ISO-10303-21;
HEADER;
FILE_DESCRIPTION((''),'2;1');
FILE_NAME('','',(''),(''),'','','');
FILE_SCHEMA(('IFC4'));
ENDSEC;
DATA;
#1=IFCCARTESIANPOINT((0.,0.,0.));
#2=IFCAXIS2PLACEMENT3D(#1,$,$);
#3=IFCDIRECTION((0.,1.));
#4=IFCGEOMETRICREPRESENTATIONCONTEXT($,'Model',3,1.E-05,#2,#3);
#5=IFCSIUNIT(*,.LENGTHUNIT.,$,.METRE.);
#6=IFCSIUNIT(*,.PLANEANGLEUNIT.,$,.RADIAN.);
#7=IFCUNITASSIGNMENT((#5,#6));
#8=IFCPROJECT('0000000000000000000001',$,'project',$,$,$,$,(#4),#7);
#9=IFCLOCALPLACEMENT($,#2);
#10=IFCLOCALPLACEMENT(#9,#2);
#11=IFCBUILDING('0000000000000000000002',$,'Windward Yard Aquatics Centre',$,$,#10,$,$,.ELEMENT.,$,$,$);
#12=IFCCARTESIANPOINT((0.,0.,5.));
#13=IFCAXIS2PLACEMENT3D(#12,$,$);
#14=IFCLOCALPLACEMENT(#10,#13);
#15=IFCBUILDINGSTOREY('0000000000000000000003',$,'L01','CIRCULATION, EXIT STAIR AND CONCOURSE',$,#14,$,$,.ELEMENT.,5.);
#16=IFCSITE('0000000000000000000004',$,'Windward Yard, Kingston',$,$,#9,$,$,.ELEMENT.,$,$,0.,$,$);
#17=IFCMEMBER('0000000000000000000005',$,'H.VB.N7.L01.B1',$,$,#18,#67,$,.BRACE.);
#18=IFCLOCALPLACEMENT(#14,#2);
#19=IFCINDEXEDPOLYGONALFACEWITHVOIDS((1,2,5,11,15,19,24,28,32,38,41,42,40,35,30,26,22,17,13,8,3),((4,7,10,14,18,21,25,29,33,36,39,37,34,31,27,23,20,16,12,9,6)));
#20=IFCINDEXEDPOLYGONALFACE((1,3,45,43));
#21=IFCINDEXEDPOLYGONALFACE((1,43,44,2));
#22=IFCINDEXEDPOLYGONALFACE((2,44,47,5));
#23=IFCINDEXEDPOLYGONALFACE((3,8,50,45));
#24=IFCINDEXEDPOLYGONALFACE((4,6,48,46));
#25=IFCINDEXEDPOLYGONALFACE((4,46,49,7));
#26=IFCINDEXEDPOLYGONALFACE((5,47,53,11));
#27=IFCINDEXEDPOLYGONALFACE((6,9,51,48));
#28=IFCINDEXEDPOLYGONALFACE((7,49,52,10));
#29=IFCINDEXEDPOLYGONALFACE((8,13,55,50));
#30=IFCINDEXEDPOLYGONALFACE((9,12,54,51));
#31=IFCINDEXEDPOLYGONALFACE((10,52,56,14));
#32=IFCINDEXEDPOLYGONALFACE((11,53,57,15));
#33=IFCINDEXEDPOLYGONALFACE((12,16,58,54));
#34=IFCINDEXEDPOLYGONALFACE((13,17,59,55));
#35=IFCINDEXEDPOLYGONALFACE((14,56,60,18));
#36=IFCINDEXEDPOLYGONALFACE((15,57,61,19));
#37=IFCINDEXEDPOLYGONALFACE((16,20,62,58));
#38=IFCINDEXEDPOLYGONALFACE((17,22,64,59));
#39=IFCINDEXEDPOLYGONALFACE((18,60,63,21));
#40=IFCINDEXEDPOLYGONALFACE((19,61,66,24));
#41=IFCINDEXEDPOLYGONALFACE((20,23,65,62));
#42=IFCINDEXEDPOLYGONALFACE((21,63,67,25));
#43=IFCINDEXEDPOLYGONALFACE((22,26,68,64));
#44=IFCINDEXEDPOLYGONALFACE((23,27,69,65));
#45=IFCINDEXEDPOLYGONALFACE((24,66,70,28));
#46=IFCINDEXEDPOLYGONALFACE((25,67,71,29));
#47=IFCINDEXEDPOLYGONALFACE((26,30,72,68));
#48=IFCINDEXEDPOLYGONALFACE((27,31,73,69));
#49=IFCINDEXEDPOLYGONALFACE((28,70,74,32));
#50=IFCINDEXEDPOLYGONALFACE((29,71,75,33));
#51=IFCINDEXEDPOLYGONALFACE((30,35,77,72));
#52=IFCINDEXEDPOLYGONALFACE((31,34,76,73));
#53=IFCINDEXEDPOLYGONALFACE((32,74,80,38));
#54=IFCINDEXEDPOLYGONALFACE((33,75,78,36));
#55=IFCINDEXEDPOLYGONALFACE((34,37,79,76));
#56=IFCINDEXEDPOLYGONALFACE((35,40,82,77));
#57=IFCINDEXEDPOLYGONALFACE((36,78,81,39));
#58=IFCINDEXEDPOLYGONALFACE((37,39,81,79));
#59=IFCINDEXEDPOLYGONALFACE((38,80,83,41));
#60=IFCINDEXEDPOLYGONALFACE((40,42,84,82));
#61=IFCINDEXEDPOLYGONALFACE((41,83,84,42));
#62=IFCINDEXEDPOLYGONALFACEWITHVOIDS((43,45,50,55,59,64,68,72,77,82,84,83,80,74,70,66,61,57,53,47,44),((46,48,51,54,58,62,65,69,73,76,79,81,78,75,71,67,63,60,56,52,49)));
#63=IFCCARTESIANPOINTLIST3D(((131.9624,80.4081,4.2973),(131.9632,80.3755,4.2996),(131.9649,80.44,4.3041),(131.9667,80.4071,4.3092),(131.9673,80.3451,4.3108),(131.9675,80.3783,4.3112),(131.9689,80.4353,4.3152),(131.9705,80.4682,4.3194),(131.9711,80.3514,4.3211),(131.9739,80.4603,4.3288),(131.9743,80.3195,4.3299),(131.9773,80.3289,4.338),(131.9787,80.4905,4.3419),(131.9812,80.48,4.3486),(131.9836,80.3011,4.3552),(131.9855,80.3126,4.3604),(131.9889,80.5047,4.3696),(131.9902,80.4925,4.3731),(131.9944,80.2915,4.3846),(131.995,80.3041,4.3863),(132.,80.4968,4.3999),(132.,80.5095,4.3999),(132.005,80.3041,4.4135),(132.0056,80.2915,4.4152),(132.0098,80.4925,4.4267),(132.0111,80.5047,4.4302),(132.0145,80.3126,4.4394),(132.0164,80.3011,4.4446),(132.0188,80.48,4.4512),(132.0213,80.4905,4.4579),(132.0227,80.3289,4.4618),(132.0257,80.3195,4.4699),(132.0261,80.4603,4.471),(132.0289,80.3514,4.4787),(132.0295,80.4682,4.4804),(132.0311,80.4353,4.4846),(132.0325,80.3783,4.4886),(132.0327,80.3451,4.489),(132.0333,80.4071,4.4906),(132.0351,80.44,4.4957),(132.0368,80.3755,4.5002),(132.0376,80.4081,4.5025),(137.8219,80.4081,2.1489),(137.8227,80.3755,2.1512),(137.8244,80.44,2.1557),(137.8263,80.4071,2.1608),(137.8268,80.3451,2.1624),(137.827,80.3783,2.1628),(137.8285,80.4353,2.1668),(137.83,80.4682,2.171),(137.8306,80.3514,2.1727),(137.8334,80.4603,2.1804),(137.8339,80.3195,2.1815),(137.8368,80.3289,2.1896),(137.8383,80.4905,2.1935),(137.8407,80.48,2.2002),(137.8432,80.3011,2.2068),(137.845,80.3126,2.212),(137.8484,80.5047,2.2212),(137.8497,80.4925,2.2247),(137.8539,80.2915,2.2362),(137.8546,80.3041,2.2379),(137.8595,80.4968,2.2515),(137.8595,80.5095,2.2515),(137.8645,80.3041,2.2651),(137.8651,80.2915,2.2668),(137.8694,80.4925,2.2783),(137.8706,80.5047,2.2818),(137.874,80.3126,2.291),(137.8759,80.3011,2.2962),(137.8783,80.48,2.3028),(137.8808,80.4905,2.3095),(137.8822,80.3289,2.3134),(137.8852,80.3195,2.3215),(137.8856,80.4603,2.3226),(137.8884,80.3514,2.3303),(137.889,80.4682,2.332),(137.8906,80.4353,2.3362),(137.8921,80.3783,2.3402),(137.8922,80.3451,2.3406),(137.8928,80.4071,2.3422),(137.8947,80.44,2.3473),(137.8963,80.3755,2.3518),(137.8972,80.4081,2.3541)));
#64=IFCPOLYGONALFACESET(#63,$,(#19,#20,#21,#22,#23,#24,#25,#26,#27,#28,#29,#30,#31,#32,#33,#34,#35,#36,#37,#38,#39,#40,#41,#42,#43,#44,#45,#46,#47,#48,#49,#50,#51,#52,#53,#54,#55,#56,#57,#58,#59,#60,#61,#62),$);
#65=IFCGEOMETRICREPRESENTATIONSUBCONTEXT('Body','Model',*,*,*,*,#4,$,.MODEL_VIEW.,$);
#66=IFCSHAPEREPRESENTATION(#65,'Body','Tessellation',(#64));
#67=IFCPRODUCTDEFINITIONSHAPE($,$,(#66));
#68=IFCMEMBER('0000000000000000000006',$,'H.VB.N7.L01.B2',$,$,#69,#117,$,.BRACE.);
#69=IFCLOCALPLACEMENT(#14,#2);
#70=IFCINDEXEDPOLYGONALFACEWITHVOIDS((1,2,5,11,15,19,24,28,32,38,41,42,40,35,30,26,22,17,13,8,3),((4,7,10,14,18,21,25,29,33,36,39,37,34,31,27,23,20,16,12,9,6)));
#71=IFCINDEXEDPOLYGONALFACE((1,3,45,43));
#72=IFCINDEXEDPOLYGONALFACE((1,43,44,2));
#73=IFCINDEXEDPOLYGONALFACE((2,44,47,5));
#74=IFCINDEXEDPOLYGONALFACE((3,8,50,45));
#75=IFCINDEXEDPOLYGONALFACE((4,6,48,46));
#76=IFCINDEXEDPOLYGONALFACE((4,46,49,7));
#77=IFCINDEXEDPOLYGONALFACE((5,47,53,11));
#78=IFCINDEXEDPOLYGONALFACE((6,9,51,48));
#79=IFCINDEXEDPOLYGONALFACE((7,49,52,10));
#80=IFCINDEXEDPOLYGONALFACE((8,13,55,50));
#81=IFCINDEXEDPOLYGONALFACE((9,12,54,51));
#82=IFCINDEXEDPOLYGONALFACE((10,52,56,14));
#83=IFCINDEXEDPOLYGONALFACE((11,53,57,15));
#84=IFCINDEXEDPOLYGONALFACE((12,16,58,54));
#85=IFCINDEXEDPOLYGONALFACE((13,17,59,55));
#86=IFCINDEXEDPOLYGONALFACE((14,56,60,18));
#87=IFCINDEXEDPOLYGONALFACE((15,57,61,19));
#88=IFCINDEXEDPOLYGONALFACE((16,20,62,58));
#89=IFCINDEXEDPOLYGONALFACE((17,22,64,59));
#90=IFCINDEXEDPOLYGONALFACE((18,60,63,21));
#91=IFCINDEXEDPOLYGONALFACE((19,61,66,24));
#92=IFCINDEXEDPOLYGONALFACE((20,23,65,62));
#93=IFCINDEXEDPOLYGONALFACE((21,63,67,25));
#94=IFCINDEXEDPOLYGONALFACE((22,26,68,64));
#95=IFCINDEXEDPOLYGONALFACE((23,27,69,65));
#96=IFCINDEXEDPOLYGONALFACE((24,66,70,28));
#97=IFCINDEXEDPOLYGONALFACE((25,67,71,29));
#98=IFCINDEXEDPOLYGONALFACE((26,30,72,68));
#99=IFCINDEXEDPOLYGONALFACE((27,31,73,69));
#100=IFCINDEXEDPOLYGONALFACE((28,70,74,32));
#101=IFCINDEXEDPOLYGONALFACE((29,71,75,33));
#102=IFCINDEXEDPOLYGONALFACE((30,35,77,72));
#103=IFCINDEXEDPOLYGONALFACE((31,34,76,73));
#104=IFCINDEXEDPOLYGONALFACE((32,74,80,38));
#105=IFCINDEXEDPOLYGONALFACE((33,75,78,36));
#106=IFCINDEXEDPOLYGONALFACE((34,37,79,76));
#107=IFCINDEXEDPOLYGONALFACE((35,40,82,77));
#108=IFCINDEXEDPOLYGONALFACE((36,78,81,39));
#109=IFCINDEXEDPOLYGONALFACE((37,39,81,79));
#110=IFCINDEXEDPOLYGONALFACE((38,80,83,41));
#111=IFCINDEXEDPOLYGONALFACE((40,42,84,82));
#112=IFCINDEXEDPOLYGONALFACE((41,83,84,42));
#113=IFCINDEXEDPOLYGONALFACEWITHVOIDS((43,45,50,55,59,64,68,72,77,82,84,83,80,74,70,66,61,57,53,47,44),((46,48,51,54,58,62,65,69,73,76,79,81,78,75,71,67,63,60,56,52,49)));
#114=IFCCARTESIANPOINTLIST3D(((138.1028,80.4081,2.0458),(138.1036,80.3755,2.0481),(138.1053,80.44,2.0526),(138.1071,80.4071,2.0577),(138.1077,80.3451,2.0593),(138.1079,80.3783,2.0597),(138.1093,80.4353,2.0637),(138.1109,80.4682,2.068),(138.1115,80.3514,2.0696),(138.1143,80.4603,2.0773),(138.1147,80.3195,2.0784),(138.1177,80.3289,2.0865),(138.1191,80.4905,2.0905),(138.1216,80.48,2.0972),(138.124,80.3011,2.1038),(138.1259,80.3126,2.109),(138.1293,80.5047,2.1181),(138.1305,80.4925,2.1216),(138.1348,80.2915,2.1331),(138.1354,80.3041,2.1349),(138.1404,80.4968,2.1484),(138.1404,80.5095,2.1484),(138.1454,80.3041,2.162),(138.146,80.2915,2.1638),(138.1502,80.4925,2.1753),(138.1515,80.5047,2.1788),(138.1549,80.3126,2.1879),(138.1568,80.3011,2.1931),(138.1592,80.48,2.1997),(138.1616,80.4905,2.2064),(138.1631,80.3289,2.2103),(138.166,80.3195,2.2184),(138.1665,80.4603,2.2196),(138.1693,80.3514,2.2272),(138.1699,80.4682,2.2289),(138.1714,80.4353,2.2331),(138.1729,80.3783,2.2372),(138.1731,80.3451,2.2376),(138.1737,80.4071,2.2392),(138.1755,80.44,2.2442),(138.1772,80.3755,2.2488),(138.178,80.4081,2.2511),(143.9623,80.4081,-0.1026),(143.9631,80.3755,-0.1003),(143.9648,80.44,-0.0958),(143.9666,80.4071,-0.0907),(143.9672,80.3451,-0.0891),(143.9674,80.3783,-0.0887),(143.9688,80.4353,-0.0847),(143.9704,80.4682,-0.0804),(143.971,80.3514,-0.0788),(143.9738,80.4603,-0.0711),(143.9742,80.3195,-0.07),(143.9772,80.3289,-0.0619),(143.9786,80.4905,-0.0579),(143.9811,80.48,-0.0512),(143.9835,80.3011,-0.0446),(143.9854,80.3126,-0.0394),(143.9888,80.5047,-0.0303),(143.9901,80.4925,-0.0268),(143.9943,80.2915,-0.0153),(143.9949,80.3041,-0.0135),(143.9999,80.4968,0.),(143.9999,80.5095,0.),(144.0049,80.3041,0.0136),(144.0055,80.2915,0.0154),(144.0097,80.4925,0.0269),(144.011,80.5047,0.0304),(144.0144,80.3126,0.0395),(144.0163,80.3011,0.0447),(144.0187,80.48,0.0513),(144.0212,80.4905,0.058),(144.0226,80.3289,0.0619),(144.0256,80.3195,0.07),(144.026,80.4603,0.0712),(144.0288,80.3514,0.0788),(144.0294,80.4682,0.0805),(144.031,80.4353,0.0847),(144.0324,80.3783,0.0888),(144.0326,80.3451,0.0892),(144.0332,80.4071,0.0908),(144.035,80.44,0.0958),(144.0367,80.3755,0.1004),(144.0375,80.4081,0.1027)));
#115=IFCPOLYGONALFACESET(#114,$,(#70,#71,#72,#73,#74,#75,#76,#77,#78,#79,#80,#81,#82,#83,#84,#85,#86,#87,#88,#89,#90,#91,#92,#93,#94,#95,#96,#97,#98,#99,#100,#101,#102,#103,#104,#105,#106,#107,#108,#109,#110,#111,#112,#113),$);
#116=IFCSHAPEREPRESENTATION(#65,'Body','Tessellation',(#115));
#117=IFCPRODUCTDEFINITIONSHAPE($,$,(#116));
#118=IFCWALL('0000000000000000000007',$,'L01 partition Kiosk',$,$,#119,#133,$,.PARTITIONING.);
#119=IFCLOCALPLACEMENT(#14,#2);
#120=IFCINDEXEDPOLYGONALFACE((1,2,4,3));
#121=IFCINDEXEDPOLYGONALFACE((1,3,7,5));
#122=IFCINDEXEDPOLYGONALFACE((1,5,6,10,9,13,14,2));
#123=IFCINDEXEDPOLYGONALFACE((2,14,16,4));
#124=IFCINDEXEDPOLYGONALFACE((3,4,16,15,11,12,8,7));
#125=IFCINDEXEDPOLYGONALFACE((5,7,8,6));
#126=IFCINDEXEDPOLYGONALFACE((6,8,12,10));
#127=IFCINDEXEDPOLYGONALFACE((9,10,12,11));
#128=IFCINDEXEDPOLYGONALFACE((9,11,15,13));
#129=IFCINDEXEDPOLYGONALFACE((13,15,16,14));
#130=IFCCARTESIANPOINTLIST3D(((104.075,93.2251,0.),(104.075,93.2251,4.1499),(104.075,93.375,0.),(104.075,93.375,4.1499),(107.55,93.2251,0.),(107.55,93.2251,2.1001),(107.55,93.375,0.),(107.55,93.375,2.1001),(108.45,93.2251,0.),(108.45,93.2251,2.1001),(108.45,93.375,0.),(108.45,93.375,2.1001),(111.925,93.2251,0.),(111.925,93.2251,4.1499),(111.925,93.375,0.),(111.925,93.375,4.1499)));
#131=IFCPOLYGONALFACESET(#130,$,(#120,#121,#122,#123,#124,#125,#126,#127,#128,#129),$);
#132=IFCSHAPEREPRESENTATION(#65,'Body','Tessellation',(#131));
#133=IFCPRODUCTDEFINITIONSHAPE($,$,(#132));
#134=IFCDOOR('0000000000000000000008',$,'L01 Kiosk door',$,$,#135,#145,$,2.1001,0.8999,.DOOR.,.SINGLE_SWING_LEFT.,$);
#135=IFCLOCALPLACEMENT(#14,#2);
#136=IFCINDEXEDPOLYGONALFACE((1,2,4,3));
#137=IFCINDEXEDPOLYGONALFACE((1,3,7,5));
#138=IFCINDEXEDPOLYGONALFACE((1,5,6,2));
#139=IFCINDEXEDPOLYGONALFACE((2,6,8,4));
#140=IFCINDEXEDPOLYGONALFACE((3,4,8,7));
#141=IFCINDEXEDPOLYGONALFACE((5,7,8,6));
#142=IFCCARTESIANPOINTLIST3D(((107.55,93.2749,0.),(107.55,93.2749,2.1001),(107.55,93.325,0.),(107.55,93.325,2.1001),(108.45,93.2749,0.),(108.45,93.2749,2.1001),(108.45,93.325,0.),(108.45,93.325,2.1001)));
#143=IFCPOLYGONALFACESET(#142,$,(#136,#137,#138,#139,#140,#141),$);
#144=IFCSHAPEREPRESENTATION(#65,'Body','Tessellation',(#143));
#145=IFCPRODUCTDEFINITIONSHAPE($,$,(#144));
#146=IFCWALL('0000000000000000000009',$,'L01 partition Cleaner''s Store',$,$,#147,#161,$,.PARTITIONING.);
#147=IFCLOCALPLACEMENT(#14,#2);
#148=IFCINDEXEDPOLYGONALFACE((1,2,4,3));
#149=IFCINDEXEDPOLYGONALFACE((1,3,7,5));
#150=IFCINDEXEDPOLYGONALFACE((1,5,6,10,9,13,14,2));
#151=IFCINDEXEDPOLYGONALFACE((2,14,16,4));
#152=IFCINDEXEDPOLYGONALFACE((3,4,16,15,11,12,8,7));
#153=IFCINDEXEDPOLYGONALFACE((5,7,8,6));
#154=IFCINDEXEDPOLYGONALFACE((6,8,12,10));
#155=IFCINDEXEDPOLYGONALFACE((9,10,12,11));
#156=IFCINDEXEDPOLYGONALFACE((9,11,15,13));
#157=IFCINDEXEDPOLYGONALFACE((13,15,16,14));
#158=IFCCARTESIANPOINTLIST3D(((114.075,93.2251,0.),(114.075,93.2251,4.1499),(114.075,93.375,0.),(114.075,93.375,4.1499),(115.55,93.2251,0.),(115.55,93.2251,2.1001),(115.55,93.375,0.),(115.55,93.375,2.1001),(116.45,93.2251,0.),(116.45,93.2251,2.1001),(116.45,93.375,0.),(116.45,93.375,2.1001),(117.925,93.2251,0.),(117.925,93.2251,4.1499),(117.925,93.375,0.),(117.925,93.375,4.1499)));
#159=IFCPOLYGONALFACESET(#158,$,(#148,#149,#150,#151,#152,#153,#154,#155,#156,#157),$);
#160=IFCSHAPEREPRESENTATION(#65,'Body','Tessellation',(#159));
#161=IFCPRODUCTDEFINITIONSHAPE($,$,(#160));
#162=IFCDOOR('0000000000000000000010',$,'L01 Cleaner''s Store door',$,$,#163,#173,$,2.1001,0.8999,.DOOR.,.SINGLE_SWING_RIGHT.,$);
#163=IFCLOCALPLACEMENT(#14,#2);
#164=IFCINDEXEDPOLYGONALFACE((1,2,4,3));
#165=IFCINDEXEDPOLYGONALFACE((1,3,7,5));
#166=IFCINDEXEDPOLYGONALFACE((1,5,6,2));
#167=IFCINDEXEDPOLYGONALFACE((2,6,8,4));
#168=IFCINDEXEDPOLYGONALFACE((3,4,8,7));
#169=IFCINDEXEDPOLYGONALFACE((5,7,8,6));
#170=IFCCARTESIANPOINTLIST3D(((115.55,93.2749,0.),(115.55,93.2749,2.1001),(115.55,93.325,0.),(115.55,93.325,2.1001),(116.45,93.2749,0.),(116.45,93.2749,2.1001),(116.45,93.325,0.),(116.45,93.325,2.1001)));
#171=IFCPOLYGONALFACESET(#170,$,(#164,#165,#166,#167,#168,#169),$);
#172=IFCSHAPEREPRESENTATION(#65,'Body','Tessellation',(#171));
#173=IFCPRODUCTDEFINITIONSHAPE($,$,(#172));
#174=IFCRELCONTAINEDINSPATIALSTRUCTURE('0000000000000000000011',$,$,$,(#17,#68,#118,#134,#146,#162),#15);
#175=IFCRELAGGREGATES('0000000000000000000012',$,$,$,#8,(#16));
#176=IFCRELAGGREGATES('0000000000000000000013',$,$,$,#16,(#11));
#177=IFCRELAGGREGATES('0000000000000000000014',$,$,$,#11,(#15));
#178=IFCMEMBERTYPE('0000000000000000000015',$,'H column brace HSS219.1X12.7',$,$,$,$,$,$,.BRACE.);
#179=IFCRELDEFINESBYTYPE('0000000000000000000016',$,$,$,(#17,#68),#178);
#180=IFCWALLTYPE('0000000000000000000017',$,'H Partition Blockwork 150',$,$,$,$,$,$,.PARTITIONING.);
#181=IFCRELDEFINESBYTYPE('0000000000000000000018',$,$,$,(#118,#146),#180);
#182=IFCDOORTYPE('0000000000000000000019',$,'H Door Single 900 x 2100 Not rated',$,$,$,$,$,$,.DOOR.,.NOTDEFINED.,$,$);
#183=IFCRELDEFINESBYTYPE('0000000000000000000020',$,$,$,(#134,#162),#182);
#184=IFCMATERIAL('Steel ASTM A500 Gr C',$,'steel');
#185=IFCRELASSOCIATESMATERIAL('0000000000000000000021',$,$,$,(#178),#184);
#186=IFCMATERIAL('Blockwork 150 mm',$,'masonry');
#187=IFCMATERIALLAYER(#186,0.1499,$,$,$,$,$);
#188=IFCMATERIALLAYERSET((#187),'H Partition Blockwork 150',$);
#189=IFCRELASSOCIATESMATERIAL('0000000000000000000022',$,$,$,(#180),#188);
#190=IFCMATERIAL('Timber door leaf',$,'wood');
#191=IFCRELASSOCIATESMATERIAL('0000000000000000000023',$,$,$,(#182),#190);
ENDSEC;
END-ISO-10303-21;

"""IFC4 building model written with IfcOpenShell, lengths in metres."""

from ifc_helpers import new_model, si_unit, direction, frame, frame_2d, origin, origin_2d, place, context, subcontext, project, spatial, rectangle, hollow_circle, extrude, material, layer, layer_set, material_profile, profile_set, type_object, element, fill, save


model = new_model("IFC4")

# Units and contexts
model_context = context("Model", 3, precision=1e-05, world=origin(), true_north=direction((0.0, 1.0)))
body_context = subcontext(model_context, "Body", "Model", "MODEL_VIEW")
ifc_project = project(units=[si_unit("LENGTHUNIT", "METRE"), si_unit("PLANEANGLEUNIT", "RADIAN")], contexts=[model_context])

# Site, building, storey
site_placement = place(None, origin())
site = spatial("IfcSite", under=ifc_project, at=site_placement, Name="Windward Yard, Kingston", CompositionType="ELEMENT", RefElevation=0.0)
building_placement = place(site_placement, origin())
building = spatial("IfcBuilding", under=site, at=building_placement, Name="Windward Yard Aquatics Centre", CompositionType="ELEMENT")
storey_placement = place(building_placement, frame((0.0, 0.0, 5.0)))
storey = spatial("IfcBuildingStorey", under=building, at=storey_placement, Name="L01", Description="CIRCULATION, EXIT STAIR AND CONCOURSE", CompositionType="ELEMENT", Elevation=5.0)

# Shared definitions
ifc_material_1 = material(Name="Steel ASTM A500 Gr C", Category="steel")

# Members
ifc_material_profile_1 = material_profile(ifc_material_1, hollow_circle(Radius=0.1096, WallThickness=0.0127, at=origin_2d()), Name="HSS219.1X12.7")
ifc_profile_set_1 = profile_set([ifc_material_profile_1], Name="Steel ASTM A500 Gr C")
member_type = type_object("IfcMemberType", Name="H column brace HSS219.1X12.7", PredefinedType="BRACE", material=ifc_profile_set_1)
for number, where, z_axis, x_axis, name in (
    (1, (132.0, 80.3999, 4.3999), (0.938881, 0.0, -0.344242), (0.0, 1.0, 0.0), "H.VB.N7.L01.B1"),
    (2, (138.1404, 80.3999, 2.1484), (0.938881, 0.0, -0.344242), (0.0, 1.0, 0.0), "H.VB.N7.L01.B2"),
):
    element("IfcMember", number, at=place(storey_placement, frame(where, z_axis=z_axis, x_axis=x_axis)), inside=storey, type_object=member_type, Name=name, PredefinedType="BRACE", context=body_context, shape_type="SweptSolid", body=[
        extrude(hollow_circle(Radius=0.1096, WallThickness=0.0127, at=origin_2d()), origin(), (0.0, 0.0, 1.0), 6.241),
    ])

# Walls, openings, doors
ifc_material_2 = material(Name="Blockwork 150 mm", Category="masonry")
ifc_layer_1 = layer(ifc_material_2, 0.1499)
ifc_layer_set_1 = layer_set([ifc_layer_1], Name="H Partition Blockwork 150")
wall_type = type_object("IfcWallType", Name="H Partition Blockwork 150", PredefinedType="PARTITIONING", material=ifc_layer_set_1)
wall_1_placement = place(storey_placement, frame((104.075, 93.3, 0.0), z_axis=(0.0, 0.0, 1.0), x_axis=(1.0, 0.0, 0.0)))
wall_1 = element("IfcWall", 3, at=wall_1_placement, inside=storey, type_object=wall_type, Name="L01 partition Kiosk", PredefinedType="PARTITIONING", context=body_context, shape_type="SweptSolid", body=[
    extrude(rectangle(XDim=7.8501, YDim=0.1499, at=frame_2d((3.925, 0.0))), origin(), (0.0, 0.0, 1.0), 4.1499),
])
opening_1_placement = place(wall_1_placement, frame((3.4751, 0.0, 0.0)))
opening_1 = element("IfcOpeningElement", 4, at=opening_1_placement, cuts=wall_1, PredefinedType="OPENING", context=body_context, shape_type="SweptSolid", body=[
    extrude(rectangle(XDim=0.8999, YDim=2.1001, at=frame_2d((0.45, 1.05))), frame((0.0, 0.085, 0.0), z_axis=(0.0, -1.0, 0.0), x_axis=(1.0, 0.0, 0.0)), (0.0, 0.0, 1.0), 0.1699),
])
ifc_material_3 = material(Name="Timber door leaf", Category="wood")
door_type = type_object("IfcDoorType", Name="H Door Single 900 x 2100 Not rated", OperationType="NOTDEFINED", PredefinedType="DOOR", material=ifc_material_3)
door_1_placement = place(opening_1_placement, origin())
door_1 = element("IfcDoor", 5, at=door_1_placement, inside=storey, type_object=door_type, Name="L01 Kiosk door", OperationType="SINGLE_SWING_LEFT", OverallHeight=2.1001, OverallWidth=0.8999, PredefinedType="DOOR", context=body_context, shape_type="SweptSolid", body=[
    extrude(rectangle(XDim=0.8999, YDim=2.1001, at=frame_2d((0.45, 1.05))), frame((0.0, 0.0249, 0.0), z_axis=(0.0, -1.0, 0.0), x_axis=(1.0, 0.0, 0.0)), (0.0, 0.0, 1.0), 0.05),
])
fill(opening_1, door_1)
wall_2_placement = place(storey_placement, frame((114.075, 93.3, 0.0), z_axis=(0.0, 0.0, 1.0), x_axis=(1.0, 0.0, 0.0)))
wall_2 = element("IfcWall", 6, at=wall_2_placement, inside=storey, type_object=wall_type, Name="L01 partition Cleaner's Store", PredefinedType="PARTITIONING", context=body_context, shape_type="SweptSolid", body=[
    extrude(rectangle(XDim=3.8501, YDim=0.1499, at=frame_2d((1.925, 0.0))), origin(), (0.0, 0.0, 1.0), 4.1499),
])
opening_2_placement = place(wall_2_placement, frame((1.4751, 0.0, 0.0)))
opening_2 = element("IfcOpeningElement", 7, at=opening_2_placement, cuts=wall_2, PredefinedType="OPENING", context=body_context, shape_type="SweptSolid", body=[
    extrude(rectangle(XDim=0.8999, YDim=2.1001, at=frame_2d((0.45, 1.05))), frame((0.0, 0.085, 0.0), z_axis=(0.0, -1.0, 0.0), x_axis=(1.0, 0.0, 0.0)), (0.0, 0.0, 1.0), 0.1699),
])
door_2_placement = place(opening_2_placement, origin())
door_2 = element("IfcDoor", 8, at=door_2_placement, inside=storey, type_object=door_type, Name="L01 Cleaner's Store door", OperationType="SINGLE_SWING_RIGHT", OverallHeight=2.1001, OverallWidth=0.8999, PredefinedType="DOOR", context=body_context, shape_type="SweptSolid", body=[
    extrude(rectangle(XDim=0.8999, YDim=2.1001, at=frame_2d((0.45, 1.05))), frame((0.0, 0.0249, 0.0), z_axis=(0.0, -1.0, 0.0), x_axis=(1.0, 0.0, 0.0)), (0.0, 0.0, 1.0), 0.05),
])
fill(opening_2, door_2)

save(model, "model.ifc")
